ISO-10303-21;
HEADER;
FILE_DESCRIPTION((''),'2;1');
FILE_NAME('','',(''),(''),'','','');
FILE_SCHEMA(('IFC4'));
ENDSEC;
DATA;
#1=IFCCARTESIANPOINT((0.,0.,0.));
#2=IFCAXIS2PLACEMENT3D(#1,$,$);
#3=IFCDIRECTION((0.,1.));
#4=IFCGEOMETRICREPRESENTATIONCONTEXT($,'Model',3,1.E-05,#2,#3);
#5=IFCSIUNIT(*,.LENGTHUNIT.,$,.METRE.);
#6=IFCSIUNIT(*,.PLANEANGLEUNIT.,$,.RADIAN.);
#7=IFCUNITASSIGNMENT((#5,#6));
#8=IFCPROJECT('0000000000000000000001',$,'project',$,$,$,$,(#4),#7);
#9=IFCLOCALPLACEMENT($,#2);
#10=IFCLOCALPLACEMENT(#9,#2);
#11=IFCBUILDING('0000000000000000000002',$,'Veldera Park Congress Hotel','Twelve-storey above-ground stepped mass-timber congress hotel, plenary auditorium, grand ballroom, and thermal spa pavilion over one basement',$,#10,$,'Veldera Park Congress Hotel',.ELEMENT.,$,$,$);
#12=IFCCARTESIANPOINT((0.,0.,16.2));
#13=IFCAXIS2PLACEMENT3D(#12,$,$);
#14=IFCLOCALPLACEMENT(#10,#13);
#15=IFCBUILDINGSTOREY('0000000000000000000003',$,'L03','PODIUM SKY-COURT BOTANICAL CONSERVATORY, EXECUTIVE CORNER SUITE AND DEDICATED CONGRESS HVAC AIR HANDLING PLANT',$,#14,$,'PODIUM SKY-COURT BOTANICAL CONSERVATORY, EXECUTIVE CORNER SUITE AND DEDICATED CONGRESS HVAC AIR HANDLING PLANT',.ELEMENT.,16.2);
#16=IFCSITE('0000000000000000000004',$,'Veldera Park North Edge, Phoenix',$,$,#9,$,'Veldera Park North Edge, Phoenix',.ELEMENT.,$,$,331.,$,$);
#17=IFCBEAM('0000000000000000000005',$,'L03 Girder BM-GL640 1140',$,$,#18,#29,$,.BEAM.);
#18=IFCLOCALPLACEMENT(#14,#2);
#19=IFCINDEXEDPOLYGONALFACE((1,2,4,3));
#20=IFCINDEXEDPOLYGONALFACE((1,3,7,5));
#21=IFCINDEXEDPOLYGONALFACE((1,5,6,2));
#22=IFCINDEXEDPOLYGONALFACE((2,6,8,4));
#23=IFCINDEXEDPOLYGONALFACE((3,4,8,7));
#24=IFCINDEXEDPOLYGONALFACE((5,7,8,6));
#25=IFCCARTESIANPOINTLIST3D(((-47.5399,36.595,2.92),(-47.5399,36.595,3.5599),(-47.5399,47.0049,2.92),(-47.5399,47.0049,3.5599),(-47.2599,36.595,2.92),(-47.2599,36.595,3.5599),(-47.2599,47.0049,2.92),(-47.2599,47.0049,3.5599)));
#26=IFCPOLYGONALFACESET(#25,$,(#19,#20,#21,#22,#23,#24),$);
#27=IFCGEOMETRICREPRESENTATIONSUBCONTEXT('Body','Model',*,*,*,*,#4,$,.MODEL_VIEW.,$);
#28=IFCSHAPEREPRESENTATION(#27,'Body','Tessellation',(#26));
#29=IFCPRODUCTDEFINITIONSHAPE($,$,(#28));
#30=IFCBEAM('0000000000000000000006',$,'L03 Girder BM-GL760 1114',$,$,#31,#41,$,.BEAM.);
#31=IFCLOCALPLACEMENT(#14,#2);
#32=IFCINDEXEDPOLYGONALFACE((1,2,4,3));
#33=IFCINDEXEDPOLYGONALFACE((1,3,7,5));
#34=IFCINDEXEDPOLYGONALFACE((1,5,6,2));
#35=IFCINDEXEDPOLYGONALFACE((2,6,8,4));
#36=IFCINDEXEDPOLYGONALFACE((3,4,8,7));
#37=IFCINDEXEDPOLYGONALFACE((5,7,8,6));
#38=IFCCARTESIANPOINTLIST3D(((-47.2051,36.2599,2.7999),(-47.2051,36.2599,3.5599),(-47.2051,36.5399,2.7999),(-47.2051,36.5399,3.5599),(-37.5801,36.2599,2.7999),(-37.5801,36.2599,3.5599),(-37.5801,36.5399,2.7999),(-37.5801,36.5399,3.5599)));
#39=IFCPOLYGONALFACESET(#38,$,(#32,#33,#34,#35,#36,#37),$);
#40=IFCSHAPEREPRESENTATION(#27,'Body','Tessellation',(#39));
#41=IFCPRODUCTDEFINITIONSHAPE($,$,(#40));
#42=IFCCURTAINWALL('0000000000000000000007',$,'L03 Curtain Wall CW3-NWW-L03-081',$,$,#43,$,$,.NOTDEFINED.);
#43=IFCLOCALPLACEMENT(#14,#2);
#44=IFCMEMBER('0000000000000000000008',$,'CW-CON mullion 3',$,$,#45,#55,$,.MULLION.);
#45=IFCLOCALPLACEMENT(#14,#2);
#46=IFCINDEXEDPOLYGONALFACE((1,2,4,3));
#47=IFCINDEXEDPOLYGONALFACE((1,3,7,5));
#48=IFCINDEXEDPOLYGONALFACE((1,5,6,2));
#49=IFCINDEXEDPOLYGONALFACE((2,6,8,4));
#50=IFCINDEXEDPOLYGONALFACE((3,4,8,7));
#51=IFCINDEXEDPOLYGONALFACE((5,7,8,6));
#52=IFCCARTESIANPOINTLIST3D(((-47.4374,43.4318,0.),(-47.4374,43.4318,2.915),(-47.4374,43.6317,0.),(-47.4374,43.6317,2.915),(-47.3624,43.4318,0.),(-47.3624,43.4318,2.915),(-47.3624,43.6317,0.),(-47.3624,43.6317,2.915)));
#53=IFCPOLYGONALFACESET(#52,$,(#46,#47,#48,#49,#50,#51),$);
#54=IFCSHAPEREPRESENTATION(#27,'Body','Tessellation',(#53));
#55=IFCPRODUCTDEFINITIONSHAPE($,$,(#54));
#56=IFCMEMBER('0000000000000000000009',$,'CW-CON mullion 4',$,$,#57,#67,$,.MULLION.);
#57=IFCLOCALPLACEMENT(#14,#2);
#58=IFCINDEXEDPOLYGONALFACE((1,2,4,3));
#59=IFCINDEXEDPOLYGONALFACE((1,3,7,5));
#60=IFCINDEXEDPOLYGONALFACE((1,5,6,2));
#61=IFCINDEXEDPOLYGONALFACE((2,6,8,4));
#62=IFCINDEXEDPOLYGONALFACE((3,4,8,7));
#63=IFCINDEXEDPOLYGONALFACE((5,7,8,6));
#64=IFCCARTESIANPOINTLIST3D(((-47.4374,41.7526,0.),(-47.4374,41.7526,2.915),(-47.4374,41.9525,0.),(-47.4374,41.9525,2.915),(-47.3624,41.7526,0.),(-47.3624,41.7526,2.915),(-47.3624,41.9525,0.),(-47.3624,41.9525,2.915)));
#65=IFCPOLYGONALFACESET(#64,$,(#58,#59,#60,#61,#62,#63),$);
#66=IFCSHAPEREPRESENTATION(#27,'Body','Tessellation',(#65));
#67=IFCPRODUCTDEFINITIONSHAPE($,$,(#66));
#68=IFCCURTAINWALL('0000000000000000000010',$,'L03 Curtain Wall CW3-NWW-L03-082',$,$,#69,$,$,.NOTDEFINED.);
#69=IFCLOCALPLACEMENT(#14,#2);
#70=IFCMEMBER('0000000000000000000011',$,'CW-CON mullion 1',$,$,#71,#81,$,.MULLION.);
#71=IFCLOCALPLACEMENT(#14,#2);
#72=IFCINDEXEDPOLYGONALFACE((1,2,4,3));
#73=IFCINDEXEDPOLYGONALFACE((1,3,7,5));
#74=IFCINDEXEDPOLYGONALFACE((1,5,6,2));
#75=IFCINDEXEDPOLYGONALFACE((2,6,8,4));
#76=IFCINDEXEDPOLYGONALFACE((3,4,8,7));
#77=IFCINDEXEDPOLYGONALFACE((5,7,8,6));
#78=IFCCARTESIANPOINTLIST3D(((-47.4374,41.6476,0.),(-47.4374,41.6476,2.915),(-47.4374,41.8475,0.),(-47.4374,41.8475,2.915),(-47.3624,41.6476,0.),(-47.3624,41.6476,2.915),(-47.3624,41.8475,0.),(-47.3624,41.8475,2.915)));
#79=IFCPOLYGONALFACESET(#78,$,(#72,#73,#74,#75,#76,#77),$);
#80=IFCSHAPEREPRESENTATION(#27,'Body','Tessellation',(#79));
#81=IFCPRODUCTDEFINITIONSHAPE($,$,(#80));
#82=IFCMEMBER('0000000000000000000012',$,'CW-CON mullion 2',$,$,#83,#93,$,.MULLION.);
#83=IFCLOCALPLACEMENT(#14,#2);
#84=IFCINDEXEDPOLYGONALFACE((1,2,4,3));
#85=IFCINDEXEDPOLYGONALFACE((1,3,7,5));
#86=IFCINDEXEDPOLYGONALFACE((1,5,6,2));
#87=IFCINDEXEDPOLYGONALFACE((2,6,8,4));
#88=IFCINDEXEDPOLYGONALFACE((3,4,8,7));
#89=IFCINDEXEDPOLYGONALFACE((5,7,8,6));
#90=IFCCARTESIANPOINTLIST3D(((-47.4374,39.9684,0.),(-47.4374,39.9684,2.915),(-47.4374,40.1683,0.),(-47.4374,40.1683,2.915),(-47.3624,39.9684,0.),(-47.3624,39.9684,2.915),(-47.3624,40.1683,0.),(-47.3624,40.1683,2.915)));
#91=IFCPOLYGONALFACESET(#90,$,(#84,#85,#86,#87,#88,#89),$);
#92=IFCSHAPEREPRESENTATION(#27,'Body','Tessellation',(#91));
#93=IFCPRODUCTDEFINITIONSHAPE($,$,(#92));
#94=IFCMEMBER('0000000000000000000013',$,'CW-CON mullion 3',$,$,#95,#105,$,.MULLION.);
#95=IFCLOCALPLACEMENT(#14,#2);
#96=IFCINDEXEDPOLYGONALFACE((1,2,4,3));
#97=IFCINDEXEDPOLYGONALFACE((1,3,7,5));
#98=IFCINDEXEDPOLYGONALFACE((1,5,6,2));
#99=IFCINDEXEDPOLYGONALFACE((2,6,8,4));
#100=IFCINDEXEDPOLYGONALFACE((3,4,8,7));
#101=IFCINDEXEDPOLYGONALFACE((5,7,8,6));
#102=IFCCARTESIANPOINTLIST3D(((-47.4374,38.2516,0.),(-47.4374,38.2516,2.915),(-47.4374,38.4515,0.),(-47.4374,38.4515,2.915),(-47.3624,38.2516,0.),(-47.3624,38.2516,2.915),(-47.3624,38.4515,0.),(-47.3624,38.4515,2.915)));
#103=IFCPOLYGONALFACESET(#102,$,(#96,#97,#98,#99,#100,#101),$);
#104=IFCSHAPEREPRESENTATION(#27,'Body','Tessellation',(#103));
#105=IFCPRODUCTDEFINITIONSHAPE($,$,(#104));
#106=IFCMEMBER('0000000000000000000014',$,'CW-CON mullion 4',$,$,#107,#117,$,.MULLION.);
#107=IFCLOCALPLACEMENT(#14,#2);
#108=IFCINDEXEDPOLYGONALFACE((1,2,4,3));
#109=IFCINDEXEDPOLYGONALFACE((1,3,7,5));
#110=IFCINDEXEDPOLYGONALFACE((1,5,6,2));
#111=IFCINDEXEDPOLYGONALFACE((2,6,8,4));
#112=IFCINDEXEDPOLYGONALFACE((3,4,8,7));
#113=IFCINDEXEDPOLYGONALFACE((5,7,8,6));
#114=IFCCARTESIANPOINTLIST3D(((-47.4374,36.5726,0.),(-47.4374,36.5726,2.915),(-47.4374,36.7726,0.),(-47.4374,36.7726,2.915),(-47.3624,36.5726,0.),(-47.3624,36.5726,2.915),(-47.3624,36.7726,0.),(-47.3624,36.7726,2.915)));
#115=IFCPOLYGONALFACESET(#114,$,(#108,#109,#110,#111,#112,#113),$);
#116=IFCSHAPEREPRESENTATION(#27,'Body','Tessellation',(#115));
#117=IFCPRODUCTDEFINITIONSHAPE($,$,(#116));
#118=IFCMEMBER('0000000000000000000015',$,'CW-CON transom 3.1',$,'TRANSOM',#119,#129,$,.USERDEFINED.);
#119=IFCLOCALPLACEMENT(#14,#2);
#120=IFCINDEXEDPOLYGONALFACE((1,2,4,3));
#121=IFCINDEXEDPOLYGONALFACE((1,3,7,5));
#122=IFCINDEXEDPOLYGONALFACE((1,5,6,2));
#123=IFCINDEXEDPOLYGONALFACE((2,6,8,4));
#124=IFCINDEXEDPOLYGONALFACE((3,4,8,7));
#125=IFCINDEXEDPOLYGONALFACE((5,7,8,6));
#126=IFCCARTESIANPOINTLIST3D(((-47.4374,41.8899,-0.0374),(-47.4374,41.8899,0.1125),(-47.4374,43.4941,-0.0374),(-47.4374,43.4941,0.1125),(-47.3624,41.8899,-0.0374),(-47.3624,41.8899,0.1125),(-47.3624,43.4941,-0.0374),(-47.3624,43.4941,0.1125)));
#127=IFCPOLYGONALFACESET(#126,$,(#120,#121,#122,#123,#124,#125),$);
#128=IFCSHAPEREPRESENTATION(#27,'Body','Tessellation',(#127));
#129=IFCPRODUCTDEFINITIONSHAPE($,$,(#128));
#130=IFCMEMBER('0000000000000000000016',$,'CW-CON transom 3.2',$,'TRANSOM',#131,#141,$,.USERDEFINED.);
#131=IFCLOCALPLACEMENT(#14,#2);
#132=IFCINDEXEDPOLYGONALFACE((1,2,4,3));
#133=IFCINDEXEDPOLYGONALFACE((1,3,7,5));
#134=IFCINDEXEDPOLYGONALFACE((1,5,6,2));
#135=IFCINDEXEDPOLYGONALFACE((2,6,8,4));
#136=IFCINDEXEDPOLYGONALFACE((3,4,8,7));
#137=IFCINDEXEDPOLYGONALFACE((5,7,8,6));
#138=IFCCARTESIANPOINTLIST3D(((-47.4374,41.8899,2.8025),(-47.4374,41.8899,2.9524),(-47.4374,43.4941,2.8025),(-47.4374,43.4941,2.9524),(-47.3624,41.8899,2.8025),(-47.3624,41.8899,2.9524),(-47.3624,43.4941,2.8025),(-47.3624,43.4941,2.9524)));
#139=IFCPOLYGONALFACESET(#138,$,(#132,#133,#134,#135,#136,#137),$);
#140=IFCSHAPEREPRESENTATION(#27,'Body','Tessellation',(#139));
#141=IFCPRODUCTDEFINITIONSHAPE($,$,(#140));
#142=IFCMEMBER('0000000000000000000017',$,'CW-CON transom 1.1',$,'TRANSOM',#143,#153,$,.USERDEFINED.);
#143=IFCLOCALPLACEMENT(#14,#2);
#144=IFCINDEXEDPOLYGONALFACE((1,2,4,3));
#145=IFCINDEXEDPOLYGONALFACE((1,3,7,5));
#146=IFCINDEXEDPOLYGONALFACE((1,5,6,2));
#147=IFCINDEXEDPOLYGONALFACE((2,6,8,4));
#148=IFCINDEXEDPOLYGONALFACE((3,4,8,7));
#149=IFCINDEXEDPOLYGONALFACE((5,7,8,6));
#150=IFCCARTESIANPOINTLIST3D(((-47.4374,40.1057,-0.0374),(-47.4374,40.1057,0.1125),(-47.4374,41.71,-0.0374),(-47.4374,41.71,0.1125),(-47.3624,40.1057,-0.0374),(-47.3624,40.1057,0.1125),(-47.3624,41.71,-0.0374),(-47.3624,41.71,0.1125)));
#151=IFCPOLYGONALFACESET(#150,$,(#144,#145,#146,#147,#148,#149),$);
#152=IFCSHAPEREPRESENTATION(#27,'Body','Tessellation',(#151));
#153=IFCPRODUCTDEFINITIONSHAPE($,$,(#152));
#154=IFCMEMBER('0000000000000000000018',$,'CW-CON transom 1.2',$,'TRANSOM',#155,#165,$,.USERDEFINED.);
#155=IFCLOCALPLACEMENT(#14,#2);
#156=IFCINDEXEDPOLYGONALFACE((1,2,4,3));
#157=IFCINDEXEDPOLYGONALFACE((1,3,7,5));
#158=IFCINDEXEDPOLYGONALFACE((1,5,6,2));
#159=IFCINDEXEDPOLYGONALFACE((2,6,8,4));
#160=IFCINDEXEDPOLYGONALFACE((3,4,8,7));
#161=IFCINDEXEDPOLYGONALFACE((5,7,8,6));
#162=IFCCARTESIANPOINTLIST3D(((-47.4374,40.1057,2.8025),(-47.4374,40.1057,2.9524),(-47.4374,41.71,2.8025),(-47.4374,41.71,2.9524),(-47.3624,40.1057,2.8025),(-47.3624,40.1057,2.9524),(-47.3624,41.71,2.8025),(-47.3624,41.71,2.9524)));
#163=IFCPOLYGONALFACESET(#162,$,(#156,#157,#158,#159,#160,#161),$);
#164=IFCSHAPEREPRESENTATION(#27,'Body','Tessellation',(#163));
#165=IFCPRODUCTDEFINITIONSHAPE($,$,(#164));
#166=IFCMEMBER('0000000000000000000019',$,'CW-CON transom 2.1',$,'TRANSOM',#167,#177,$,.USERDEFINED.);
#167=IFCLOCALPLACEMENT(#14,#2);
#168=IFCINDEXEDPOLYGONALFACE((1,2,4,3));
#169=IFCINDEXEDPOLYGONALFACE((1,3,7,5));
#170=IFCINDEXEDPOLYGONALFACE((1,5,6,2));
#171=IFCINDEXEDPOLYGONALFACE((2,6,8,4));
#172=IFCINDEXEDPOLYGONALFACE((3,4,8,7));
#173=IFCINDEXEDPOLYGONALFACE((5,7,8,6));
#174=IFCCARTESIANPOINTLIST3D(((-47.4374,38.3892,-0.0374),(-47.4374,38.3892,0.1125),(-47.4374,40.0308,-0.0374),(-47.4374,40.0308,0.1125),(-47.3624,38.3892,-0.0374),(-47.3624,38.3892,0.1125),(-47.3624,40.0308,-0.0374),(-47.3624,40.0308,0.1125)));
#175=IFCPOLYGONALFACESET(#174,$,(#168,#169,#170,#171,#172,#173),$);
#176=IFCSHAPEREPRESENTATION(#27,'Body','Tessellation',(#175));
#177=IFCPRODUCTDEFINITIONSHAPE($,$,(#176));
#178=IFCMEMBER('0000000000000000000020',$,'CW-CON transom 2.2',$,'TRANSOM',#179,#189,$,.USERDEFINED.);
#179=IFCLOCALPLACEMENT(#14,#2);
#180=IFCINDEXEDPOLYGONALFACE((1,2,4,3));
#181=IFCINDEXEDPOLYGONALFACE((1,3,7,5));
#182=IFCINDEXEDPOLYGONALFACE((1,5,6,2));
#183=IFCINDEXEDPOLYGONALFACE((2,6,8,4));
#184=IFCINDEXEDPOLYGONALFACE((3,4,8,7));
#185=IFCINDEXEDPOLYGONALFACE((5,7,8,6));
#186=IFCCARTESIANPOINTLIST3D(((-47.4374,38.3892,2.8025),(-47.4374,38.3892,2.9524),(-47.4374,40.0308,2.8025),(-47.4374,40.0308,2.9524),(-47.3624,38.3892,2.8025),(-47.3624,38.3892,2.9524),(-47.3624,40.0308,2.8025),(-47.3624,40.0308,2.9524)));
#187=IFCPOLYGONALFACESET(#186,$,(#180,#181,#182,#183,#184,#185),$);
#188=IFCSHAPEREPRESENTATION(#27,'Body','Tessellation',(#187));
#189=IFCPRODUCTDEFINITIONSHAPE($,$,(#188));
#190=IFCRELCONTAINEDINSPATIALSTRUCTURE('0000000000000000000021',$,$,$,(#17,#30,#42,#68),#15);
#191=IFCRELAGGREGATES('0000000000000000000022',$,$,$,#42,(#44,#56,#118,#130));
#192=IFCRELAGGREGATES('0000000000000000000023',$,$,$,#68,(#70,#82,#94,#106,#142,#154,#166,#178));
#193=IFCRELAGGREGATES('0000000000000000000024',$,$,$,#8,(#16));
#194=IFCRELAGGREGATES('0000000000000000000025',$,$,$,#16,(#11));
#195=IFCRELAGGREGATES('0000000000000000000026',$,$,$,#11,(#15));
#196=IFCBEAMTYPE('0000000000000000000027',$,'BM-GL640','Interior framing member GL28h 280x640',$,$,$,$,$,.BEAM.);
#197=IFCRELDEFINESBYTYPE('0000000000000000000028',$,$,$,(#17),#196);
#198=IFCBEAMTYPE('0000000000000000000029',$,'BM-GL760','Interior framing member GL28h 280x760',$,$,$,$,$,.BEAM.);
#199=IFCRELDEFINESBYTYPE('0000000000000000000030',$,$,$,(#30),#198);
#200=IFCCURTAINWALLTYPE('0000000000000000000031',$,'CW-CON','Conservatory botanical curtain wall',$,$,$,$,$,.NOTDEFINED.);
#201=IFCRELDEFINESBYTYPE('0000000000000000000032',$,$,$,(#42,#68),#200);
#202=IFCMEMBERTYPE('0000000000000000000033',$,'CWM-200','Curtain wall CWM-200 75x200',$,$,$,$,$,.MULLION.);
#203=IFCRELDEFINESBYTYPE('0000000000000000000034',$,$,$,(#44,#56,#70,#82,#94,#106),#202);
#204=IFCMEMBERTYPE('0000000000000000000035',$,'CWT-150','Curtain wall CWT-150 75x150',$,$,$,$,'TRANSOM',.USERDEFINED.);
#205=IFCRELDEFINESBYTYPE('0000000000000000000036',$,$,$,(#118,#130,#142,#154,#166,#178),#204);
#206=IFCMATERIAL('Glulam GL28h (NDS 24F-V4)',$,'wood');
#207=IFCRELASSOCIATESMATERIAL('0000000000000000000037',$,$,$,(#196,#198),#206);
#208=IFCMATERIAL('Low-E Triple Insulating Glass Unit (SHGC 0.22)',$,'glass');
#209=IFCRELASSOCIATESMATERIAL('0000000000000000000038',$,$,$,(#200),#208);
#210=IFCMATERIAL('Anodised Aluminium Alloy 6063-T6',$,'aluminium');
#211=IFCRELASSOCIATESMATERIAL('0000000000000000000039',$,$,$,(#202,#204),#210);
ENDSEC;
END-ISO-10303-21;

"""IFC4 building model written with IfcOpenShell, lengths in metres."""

from ifc_helpers import new_model, si_unit, direction, frame, origin, origin_2d, place, context, subcontext, project, spatial, rectangle, extrude, material, material_profile, profile_set, type_object, element, aggregate, save


model = new_model("IFC4")

# Units and contexts
model_context = context("Model", 3, precision=1e-05, world=origin(), true_north=direction((0.0, 1.0)))
body_context = subcontext(model_context, "Body", "Model", "MODEL_VIEW")
ifc_project = project(units=[si_unit("LENGTHUNIT", "METRE"), si_unit("PLANEANGLEUNIT", "RADIAN")], contexts=[model_context])

# Site, building, storey
site_placement = place(None, origin())
site = spatial("IfcSite", under=ifc_project, at=site_placement, Name="Veldera Park North Edge, Phoenix", LongName="Veldera Park North Edge, Phoenix", CompositionType="ELEMENT", RefElevation=331.0)
building_placement = place(site_placement, origin())
building = spatial("IfcBuilding", under=site, at=building_placement, Name="Veldera Park Congress Hotel", Description="Twelve-storey above-ground stepped mass-timber congress hotel, plenary auditorium, grand ballroom, and thermal spa pavilion over one basement", LongName="Veldera Park Congress Hotel", CompositionType="ELEMENT")
storey_placement = place(building_placement, frame((0.0, 0.0, 16.2)))
storey = spatial("IfcBuildingStorey", under=building, at=storey_placement, Name="L03", Description="PODIUM SKY-COURT BOTANICAL CONSERVATORY, EXECUTIVE CORNER SUITE AND DEDICATED CONGRESS HVAC AIR HANDLING PLANT", LongName="PODIUM SKY-COURT BOTANICAL CONSERVATORY, EXECUTIVE CORNER SUITE AND DEDICATED CONGRESS HVAC AIR HANDLING PLANT", CompositionType="ELEMENT", Elevation=16.2)

# Beams
ifc_material_1 = material(Name="Glulam GL28h (NDS 24F-V4)", Category="wood")
ifc_material_profile_1 = material_profile(ifc_material_1, rectangle(XDim=0.28, YDim=0.6399, at=origin_2d()), Name="GL28h 280x640")
ifc_profile_set_1 = profile_set([ifc_material_profile_1], Name="Glulam GL28h (NDS 24F-V4)")
beam_type_1 = type_object("IfcBeamType", Name="BM-GL640", Description="Interior framing member GL28h 280x640", PredefinedType="BEAM", material=ifc_profile_set_1)
beam_1_placement = place(storey_placement, frame((-47.3999, 36.595, 3.24), z_axis=(0.0, 1.0, 0.0), x_axis=(-1.0, 0.0, 0.0)))
element("IfcBeam", 1, at=beam_1_placement, inside=storey, type_object=beam_type_1, Name="L03 Girder BM-GL640 1140", PredefinedType="BEAM", context=body_context, shape_type="SweptSolid", body=[
    extrude(rectangle(XDim=0.28, YDim=0.6399, at=origin_2d()), origin(), (0.0, 0.0, 1.0), 10.4099),
])
ifc_material_profile_2 = material_profile(ifc_material_1, rectangle(XDim=0.28, YDim=0.76, at=origin_2d()), Name="GL28h 280x760")
ifc_profile_set_2 = profile_set([ifc_material_profile_2], Name="Glulam GL28h (NDS 24F-V4)")
beam_type_2 = type_object("IfcBeamType", Name="BM-GL760", Description="Interior framing member GL28h 280x760", PredefinedType="BEAM", material=ifc_profile_set_2)
beam_2_placement = place(storey_placement, frame((-47.2051, 36.3999, 3.1799), z_axis=(1.0, 0.0, 0.0), x_axis=(0.0, 1.0, 0.0)))
element("IfcBeam", 2, at=beam_2_placement, inside=storey, type_object=beam_type_2, Name="L03 Girder BM-GL760 1114", PredefinedType="BEAM", context=body_context, shape_type="SweptSolid", body=[
    extrude(rectangle(XDim=0.28, YDim=0.76, at=origin_2d()), origin(), (0.0, 0.0, 1.0), 9.625),
])

# Curtain walls, members
ifc_material_2 = material(Name="Low-E Triple Insulating Glass Unit (SHGC 0.22)", Category="glass")
curtain_wall_type = type_object("IfcCurtainWallType", Name="CW-CON", Description="Conservatory botanical curtain wall", PredefinedType="NOTDEFINED", material=ifc_material_2)
curtain_wall_1_placement = place(storey_placement, origin())
curtain_wall_1 = element("IfcCurtainWall", 3, at=curtain_wall_1_placement, inside=storey, type_object=curtain_wall_type, Name="L03 Curtain Wall CW3-NWW-L03-081", PredefinedType="NOTDEFINED")
ifc_material_3 = material(Name="Anodised Aluminium Alloy 6063-T6", Category="aluminium")
ifc_material_profile_3 = material_profile(ifc_material_3, rectangle(XDim=0.075, YDim=0.2, at=origin_2d()), Name="ALU 75x200")
ifc_profile_set_3 = profile_set([ifc_material_profile_3], Name="Anodised Aluminium Alloy 6063-T6")
member_type_1 = type_object("IfcMemberType", Name="CWM-200", Description="Curtain wall CWM-200 75x200", PredefinedType="MULLION", material=ifc_profile_set_3)
member_1_placement = place(storey_placement, frame((-47.3999, 43.5317, 0.0), z_axis=(0.0, 0.0, 1.0), x_axis=(1.0, 0.0, 0.0)))
member_1 = element("IfcMember", 4, at=member_1_placement, type_object=member_type_1, Name="CW-CON mullion 3", PredefinedType="MULLION", context=body_context, shape_type="SweptSolid", body=[
    extrude(rectangle(XDim=0.075, YDim=0.2, at=origin_2d()), origin(), (0.0, 0.0, 1.0), 2.915),
])
member_2_placement = place(storey_placement, frame((-47.3999, 41.8525, 0.0), z_axis=(0.0, 0.0, 1.0), x_axis=(1.0, 0.0, 0.0)))
member_2 = element("IfcMember", 5, at=member_2_placement, type_object=member_type_1, Name="CW-CON mullion 4", PredefinedType="MULLION", context=body_context, shape_type="SweptSolid", body=[
    extrude(rectangle(XDim=0.075, YDim=0.2, at=origin_2d()), origin(), (0.0, 0.0, 1.0), 2.915),
])
curtain_wall_2_placement = place(storey_placement, origin())
curtain_wall_2 = element("IfcCurtainWall", 6, at=curtain_wall_2_placement, inside=storey, type_object=curtain_wall_type, Name="L03 Curtain Wall CW3-NWW-L03-082", PredefinedType="NOTDEFINED")
member_3_placement = place(storey_placement, frame((-47.3999, 41.7476, 0.0), z_axis=(0.0, 0.0, 1.0), x_axis=(1.0, 0.0, 0.0)))
member_3 = element("IfcMember", 7, at=member_3_placement, type_object=member_type_1, Name="CW-CON mullion 1", PredefinedType="MULLION", context=body_context, shape_type="SweptSolid", body=[
    extrude(rectangle(XDim=0.075, YDim=0.2, at=origin_2d()), origin(), (0.0, 0.0, 1.0), 2.915),
])
member_4_placement = place(storey_placement, frame((-47.3999, 40.0684, 0.0), z_axis=(0.0, 0.0, 1.0), x_axis=(1.0, 0.0, 0.0)))
member_4 = element("IfcMember", 8, at=member_4_placement, type_object=member_type_1, Name="CW-CON mullion 2", PredefinedType="MULLION", context=body_context, shape_type="SweptSolid", body=[
    extrude(rectangle(XDim=0.075, YDim=0.2, at=origin_2d()), origin(), (0.0, 0.0, 1.0), 2.915),
])
member_5_placement = place(storey_placement, frame((-47.3999, 38.3516, 0.0), z_axis=(0.0, 0.0, 1.0), x_axis=(1.0, 0.0, 0.0)))
member_5 = element("IfcMember", 9, at=member_5_placement, type_object=member_type_1, Name="CW-CON mullion 3", PredefinedType="MULLION", context=body_context, shape_type="SweptSolid", body=[
    extrude(rectangle(XDim=0.075, YDim=0.2, at=origin_2d()), origin(), (0.0, 0.0, 1.0), 2.915),
])
member_6_placement = place(storey_placement, frame((-47.3999, 36.6726, 0.0), z_axis=(0.0, 0.0, 1.0), x_axis=(1.0, 0.0, 0.0)))
member_6 = element("IfcMember", 10, at=member_6_placement, type_object=member_type_1, Name="CW-CON mullion 4", PredefinedType="MULLION", context=body_context, shape_type="SweptSolid", body=[
    extrude(rectangle(XDim=0.075, YDim=0.2, at=origin_2d()), origin(), (0.0, 0.0, 1.0), 2.915),
])

# Members
ifc_material_profile_4 = material_profile(ifc_material_3, rectangle(XDim=0.075, YDim=0.1499, at=origin_2d()), Name="ALU 75x150")
ifc_profile_set_4 = profile_set([ifc_material_profile_4], Name="Anodised Aluminium Alloy 6063-T6")
member_type_2 = type_object("IfcMemberType", Name="CWT-150", Description="Curtain wall CWT-150 75x150", ElementType="TRANSOM", PredefinedType="USERDEFINED", material=ifc_profile_set_4)
member_7_placement = place(storey_placement, frame((-47.3999, 43.4941, 0.0376), z_axis=(0.0, -1.0, 0.0), x_axis=(1.0, 0.0, 0.0)))
member_7 = element("IfcMember", 11, at=member_7_placement, type_object=member_type_2, Name="CW-CON transom 3.1", ObjectType="TRANSOM", PredefinedType="USERDEFINED", context=body_context, shape_type="SweptSolid", body=[
    extrude(rectangle(XDim=0.075, YDim=0.1499, at=origin_2d()), origin(), (0.0, 0.0, 1.0), 1.6042),
])
member_8_placement = place(storey_placement, frame((-47.3999, 43.4941, 2.8774), z_axis=(0.0, -1.0, 0.0), x_axis=(1.0, 0.0, 0.0)))
member_8 = element("IfcMember", 12, at=member_8_placement, type_object=member_type_2, Name="CW-CON transom 3.2", ObjectType="TRANSOM", PredefinedType="USERDEFINED", context=body_context, shape_type="SweptSolid", body=[
    extrude(rectangle(XDim=0.075, YDim=0.1499, at=origin_2d()), origin(), (0.0, 0.0, 1.0), 1.6042),
])
member_9_placement = place(storey_placement, frame((-47.3999, 41.71, 0.0376), z_axis=(0.0, -1.0, 0.0), x_axis=(1.0, 0.0, 0.0)))
member_9 = element("IfcMember", 13, at=member_9_placement, type_object=member_type_2, Name="CW-CON transom 1.1", ObjectType="TRANSOM", PredefinedType="USERDEFINED", context=body_context, shape_type="SweptSolid", body=[
    extrude(rectangle(XDim=0.075, YDim=0.1499, at=origin_2d()), origin(), (0.0, 0.0, 1.0), 1.6042),
])
member_10_placement = place(storey_placement, frame((-47.3999, 41.71, 2.8774), z_axis=(0.0, -1.0, 0.0), x_axis=(1.0, 0.0, 0.0)))
member_10 = element("IfcMember", 14, at=member_10_placement, type_object=member_type_2, Name="CW-CON transom 1.2", ObjectType="TRANSOM", PredefinedType="USERDEFINED", context=body_context, shape_type="SweptSolid", body=[
    extrude(rectangle(XDim=0.075, YDim=0.1499, at=origin_2d()), origin(), (0.0, 0.0, 1.0), 1.6042),
])
member_11_placement = place(storey_placement, frame((-47.3999, 40.0308, 0.0376), z_axis=(0.0, -1.0, 0.0), x_axis=(1.0, 0.0, 0.0)))
member_11 = element("IfcMember", 15, at=member_11_placement, type_object=member_type_2, Name="CW-CON transom 2.1", ObjectType="TRANSOM", PredefinedType="USERDEFINED", context=body_context, shape_type="SweptSolid", body=[
    extrude(rectangle(XDim=0.075, YDim=0.1499, at=origin_2d()), origin(), (0.0, 0.0, 1.0), 1.6416),
])
member_12_placement = place(storey_placement, frame((-47.3999, 40.0308, 2.8774), z_axis=(0.0, -1.0, 0.0), x_axis=(1.0, 0.0, 0.0)))
member_12 = element("IfcMember", 16, at=member_12_placement, type_object=member_type_2, Name="CW-CON transom 2.2", ObjectType="TRANSOM", PredefinedType="USERDEFINED", context=body_context, shape_type="SweptSolid", body=[
    extrude(rectangle(XDim=0.075, YDim=0.1499, at=origin_2d()), origin(), (0.0, 0.0, 1.0), 1.6416),
])

aggregate(curtain_wall_1, [member_1, member_2, member_7, member_8])
aggregate(curtain_wall_2, [member_3, member_4, member_5, member_6, member_9, member_10, member_11, member_12])

save(model, "model.ifc")
